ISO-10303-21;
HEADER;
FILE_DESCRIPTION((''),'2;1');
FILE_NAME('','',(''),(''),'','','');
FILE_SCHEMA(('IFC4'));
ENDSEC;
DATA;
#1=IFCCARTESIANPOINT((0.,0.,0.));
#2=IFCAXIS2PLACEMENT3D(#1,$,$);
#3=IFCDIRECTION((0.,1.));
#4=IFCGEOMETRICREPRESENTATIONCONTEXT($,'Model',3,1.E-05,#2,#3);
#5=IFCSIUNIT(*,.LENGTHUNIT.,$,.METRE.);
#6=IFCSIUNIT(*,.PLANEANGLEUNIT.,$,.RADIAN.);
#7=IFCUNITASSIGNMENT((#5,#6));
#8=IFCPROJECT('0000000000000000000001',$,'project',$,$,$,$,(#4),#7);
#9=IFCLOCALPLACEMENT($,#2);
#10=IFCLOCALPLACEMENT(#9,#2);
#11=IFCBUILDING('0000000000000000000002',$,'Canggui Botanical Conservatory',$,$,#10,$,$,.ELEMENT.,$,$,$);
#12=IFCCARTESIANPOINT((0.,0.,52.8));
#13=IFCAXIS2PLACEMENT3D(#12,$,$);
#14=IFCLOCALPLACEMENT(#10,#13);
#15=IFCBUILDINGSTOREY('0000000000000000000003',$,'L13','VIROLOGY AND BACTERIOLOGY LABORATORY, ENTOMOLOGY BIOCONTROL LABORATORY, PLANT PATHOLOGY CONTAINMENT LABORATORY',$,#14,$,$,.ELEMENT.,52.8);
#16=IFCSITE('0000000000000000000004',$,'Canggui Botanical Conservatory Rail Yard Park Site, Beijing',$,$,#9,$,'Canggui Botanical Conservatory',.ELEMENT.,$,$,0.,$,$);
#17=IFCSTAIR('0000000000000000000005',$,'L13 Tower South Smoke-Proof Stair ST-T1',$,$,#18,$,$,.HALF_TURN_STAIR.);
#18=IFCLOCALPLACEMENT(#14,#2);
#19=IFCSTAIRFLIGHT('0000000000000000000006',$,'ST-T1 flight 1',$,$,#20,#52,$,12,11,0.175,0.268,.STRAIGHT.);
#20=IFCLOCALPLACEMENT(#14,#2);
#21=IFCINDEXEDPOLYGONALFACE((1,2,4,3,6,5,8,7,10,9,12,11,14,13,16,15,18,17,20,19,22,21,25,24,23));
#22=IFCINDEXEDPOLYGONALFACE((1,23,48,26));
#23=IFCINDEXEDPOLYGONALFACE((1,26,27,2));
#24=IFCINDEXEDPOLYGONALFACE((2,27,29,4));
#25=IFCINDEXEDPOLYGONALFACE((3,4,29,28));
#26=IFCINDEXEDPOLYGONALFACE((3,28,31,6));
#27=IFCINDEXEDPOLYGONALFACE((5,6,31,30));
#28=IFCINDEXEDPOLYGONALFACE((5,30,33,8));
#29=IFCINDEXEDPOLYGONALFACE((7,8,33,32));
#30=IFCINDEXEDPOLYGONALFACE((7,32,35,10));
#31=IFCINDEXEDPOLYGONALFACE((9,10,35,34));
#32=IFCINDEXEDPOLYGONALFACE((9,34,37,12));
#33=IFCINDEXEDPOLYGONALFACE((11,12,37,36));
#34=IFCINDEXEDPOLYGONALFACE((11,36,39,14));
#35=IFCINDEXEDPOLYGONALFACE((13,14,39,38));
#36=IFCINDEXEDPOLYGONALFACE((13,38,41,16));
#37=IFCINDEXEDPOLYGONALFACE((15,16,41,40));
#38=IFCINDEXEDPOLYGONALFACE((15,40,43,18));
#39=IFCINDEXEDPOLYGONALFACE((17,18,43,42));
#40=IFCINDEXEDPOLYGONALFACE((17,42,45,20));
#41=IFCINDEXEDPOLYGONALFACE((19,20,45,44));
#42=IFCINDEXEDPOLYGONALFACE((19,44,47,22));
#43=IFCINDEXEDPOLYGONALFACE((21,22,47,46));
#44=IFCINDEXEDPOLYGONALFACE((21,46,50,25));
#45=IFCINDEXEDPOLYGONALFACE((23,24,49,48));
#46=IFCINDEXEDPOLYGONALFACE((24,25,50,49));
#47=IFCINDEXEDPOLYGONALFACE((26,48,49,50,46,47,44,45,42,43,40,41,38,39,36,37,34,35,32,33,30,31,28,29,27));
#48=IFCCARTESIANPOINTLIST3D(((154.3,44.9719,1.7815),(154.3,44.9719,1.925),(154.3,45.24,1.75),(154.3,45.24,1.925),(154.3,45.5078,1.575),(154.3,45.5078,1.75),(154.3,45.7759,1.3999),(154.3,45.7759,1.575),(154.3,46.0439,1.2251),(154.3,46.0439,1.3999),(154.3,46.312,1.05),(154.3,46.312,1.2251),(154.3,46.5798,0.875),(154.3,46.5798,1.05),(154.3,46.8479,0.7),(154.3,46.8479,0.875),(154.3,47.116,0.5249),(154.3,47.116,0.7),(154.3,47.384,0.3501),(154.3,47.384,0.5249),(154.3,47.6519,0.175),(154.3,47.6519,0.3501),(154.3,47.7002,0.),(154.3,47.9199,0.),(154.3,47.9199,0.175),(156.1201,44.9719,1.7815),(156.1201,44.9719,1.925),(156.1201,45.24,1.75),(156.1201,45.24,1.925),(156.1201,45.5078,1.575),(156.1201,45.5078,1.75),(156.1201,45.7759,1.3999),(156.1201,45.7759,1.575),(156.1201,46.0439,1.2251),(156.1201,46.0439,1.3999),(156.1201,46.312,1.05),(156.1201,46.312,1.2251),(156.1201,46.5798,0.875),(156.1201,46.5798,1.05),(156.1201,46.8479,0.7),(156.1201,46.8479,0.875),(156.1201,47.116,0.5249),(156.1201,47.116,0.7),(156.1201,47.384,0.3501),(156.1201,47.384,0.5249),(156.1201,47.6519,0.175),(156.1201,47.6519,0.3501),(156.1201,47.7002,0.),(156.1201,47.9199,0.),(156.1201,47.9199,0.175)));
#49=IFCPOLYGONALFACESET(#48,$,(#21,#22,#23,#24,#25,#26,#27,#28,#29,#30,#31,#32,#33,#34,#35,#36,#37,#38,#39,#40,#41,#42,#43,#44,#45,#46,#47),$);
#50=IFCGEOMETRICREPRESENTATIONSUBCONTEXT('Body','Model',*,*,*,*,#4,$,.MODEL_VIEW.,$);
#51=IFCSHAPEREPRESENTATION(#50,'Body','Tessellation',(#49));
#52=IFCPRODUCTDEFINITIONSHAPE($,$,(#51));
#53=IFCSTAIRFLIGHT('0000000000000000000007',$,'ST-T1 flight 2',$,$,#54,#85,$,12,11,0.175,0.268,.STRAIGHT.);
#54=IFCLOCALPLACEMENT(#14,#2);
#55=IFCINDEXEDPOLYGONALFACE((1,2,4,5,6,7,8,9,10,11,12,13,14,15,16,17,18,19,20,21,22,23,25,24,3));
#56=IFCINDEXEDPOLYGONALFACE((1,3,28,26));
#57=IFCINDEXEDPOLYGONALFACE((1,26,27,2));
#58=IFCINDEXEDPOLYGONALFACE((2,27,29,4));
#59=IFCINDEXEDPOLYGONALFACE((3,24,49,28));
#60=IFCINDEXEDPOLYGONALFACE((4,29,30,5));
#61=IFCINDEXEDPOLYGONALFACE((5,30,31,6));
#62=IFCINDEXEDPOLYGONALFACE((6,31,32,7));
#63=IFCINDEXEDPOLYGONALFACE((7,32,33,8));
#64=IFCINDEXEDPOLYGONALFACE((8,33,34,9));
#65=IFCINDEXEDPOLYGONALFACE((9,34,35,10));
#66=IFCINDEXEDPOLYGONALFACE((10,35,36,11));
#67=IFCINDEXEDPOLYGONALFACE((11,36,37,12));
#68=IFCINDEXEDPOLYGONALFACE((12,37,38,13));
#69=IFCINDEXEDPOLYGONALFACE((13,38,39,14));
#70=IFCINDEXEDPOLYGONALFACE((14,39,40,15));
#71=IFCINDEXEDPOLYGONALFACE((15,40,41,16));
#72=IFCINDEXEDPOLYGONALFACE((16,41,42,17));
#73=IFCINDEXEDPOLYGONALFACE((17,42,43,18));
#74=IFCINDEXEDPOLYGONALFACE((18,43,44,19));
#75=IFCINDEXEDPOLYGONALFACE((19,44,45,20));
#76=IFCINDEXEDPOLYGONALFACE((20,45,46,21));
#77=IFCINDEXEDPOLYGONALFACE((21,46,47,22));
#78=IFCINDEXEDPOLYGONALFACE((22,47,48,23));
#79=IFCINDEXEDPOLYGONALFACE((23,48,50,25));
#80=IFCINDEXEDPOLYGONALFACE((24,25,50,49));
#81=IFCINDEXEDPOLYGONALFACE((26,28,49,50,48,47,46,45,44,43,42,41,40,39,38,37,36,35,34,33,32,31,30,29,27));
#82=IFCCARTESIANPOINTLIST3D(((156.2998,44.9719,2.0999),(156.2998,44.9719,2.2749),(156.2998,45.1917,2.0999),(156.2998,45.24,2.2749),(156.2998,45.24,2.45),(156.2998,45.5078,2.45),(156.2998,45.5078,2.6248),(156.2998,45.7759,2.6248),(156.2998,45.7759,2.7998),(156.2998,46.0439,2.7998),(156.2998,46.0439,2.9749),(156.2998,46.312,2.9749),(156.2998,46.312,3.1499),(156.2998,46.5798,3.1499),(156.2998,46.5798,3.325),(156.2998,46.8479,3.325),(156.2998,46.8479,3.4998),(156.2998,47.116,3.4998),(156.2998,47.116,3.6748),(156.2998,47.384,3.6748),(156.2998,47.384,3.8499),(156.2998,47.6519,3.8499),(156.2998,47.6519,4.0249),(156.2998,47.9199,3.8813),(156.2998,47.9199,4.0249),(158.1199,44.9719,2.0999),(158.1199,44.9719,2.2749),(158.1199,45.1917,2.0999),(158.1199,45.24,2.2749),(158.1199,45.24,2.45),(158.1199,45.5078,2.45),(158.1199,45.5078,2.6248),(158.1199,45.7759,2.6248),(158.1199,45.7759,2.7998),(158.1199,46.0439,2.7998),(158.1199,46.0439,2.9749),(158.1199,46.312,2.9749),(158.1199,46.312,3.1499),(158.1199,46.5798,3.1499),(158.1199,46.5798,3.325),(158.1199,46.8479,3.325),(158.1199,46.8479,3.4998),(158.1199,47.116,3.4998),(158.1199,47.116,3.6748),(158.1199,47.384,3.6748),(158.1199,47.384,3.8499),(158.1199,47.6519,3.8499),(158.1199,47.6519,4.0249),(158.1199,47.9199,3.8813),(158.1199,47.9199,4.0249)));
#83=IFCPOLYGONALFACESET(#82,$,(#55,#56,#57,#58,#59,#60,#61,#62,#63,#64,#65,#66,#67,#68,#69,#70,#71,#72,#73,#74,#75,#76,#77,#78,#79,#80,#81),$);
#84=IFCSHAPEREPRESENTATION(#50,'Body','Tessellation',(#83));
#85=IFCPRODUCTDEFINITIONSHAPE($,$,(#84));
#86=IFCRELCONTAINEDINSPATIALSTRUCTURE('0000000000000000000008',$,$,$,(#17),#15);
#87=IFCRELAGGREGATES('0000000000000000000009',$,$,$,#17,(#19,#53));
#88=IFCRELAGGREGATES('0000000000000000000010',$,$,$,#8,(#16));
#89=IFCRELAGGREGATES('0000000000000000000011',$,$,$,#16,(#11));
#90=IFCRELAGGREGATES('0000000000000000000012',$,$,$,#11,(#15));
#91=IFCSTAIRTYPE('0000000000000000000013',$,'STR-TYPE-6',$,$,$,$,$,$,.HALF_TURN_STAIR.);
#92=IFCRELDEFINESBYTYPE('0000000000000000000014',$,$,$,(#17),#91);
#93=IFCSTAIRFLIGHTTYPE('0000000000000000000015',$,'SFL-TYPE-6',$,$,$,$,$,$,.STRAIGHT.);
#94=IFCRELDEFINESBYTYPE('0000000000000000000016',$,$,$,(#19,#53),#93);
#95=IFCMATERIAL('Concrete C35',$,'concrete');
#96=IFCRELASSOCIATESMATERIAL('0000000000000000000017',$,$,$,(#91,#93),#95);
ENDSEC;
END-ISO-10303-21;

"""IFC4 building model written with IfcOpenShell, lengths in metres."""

from ifc_helpers import new_model, si_unit, direction, frame, origin, place, context, subcontext, project, spatial, polyline, outline, extrude, material, type_object, element, aggregate, save


model = new_model("IFC4")

# Units and contexts
model_context = context("Model", 3, precision=1e-05, world=origin(), true_north=direction((0.0, 1.0)))
body_context = subcontext(model_context, "Body", "Model", "MODEL_VIEW")
ifc_project = project(units=[si_unit("LENGTHUNIT", "METRE"), si_unit("PLANEANGLEUNIT", "RADIAN")], contexts=[model_context])

# Site, building, storey
site_placement = place(None, origin())
site = spatial("IfcSite", under=ifc_project, at=site_placement, Name="Canggui Botanical Conservatory Rail Yard Park Site, Beijing", LongName="Canggui Botanical Conservatory", CompositionType="ELEMENT", RefElevation=0.0)
building_placement = place(site_placement, origin())
building = spatial("IfcBuilding", under=site, at=building_placement, Name="Canggui Botanical Conservatory", CompositionType="ELEMENT")
storey_placement = place(building_placement, frame((0.0, 0.0, 52.8)))
storey = spatial("IfcBuildingStorey", under=building, at=storey_placement, Name="L13", Description="VIROLOGY AND BACTERIOLOGY LABORATORY, ENTOMOLOGY BIOCONTROL LABORATORY, PLANT PATHOLOGY CONTAINMENT LABORATORY", CompositionType="ELEMENT", Elevation=52.8)

# Shared definitions
ifc_material_1 = material(Name="Concrete C35", Category="concrete")

# Stair, stair flights
stair_type = type_object("IfcStairType", Name="STR-TYPE-6", PredefinedType="HALF_TURN_STAIR", material=ifc_material_1)
stair_placement = place(storey_placement, origin())
stair = element("IfcStair", 1, at=stair_placement, inside=storey, type_object=stair_type, Name="L13 Tower South Smoke-Proof Stair ST-T1", PredefinedType="HALF_TURN_STAIR")
stair_flight_type = type_object("IfcStairFlightType", Name="SFL-TYPE-6", PredefinedType="STRAIGHT", material=ifc_material_1)
stair_flight_1_placement = place(storey_placement, frame((155.21, 47.9199, 0.0), z_axis=(0.0, 0.0, 1.0), x_axis=(0.0, -1.0, 0.0)))
stair_flight_1 = element("IfcStairFlight", 2, at=stair_flight_1_placement, type_object=stair_flight_type, Name="ST-T1 flight 1", NumberOfRisers=12, NumberOfTreads=11, PredefinedType="STRAIGHT", RiserHeight=0.175, TreadLength=0.268, context=body_context, shape_type="SweptSolid", body=[
    extrude(outline(polyline([(0.0, 0.0), (0.0, 0.175), (0.2681, 0.175), (0.2681, 0.3501), (0.5359, 0.3501), (0.5359, 0.5249), (0.804, 0.5249), (0.804, 0.7), (1.072, 0.7), (1.072, 0.875), (1.3401, 0.875), (1.3401, 1.05), (1.6079, 1.05), (1.6079, 1.2251), (1.876, 1.2251), (1.876, 1.3999), (2.144, 1.3999), (2.144, 1.575), (2.4121, 1.575), (2.4121, 1.75), (2.6799, 1.75), (2.6799, 1.925), (2.948, 1.925), (2.948, 2.1001), (2.948, 1.7815), (0.2197, 0.0), (0.0, 0.0)])), frame((0.0, 0.9102, 0.0), z_axis=(0.0, -1.0, 0.0), x_axis=(1.0, 0.0, 0.0)), (0.0, 0.0, 1.0), 1.8201),
])
stair_flight_2_placement = place(storey_placement, frame((157.21, 44.9719, 2.0999), z_axis=(0.0, 0.0, 1.0), x_axis=(0.0, 1.0, 0.0)))
stair_flight_2 = element("IfcStairFlight", 3, at=stair_flight_2_placement, type_object=stair_flight_type, Name="ST-T1 flight 2", NumberOfRisers=12, NumberOfTreads=11, PredefinedType="STRAIGHT", RiserHeight=0.175, TreadLength=0.268, context=body_context, shape_type="SweptSolid", body=[
    extrude(outline(polyline([(0.0, 0.0), (0.0, 0.175), (0.2681, 0.175), (0.2681, 0.3501), (0.5359, 0.3501), (0.5359, 0.5249), (0.804, 0.5249), (0.804, 0.7), (1.072, 0.7), (1.072, 0.875), (1.3401, 0.875), (1.3401, 1.05), (1.6079, 1.05), (1.6079, 1.2251), (1.876, 1.2251), (1.876, 1.3999), (2.144, 1.3999), (2.144, 1.575), (2.4121, 1.575), (2.4121, 1.75), (2.6799, 1.75), (2.6799, 1.925), (2.948, 1.925), (2.948, 2.1001), (2.948, 1.7815), (0.2197, 0.0), (0.0, 0.0)])), frame((0.0, 0.9102, 0.0), z_axis=(0.0, -1.0, 0.0), x_axis=(1.0, 0.0, 0.0)), (0.0, 0.0, 1.0), 1.8201),
])
aggregate(stair, [stair_flight_1, stair_flight_2])

save(model, "model.ifc")
